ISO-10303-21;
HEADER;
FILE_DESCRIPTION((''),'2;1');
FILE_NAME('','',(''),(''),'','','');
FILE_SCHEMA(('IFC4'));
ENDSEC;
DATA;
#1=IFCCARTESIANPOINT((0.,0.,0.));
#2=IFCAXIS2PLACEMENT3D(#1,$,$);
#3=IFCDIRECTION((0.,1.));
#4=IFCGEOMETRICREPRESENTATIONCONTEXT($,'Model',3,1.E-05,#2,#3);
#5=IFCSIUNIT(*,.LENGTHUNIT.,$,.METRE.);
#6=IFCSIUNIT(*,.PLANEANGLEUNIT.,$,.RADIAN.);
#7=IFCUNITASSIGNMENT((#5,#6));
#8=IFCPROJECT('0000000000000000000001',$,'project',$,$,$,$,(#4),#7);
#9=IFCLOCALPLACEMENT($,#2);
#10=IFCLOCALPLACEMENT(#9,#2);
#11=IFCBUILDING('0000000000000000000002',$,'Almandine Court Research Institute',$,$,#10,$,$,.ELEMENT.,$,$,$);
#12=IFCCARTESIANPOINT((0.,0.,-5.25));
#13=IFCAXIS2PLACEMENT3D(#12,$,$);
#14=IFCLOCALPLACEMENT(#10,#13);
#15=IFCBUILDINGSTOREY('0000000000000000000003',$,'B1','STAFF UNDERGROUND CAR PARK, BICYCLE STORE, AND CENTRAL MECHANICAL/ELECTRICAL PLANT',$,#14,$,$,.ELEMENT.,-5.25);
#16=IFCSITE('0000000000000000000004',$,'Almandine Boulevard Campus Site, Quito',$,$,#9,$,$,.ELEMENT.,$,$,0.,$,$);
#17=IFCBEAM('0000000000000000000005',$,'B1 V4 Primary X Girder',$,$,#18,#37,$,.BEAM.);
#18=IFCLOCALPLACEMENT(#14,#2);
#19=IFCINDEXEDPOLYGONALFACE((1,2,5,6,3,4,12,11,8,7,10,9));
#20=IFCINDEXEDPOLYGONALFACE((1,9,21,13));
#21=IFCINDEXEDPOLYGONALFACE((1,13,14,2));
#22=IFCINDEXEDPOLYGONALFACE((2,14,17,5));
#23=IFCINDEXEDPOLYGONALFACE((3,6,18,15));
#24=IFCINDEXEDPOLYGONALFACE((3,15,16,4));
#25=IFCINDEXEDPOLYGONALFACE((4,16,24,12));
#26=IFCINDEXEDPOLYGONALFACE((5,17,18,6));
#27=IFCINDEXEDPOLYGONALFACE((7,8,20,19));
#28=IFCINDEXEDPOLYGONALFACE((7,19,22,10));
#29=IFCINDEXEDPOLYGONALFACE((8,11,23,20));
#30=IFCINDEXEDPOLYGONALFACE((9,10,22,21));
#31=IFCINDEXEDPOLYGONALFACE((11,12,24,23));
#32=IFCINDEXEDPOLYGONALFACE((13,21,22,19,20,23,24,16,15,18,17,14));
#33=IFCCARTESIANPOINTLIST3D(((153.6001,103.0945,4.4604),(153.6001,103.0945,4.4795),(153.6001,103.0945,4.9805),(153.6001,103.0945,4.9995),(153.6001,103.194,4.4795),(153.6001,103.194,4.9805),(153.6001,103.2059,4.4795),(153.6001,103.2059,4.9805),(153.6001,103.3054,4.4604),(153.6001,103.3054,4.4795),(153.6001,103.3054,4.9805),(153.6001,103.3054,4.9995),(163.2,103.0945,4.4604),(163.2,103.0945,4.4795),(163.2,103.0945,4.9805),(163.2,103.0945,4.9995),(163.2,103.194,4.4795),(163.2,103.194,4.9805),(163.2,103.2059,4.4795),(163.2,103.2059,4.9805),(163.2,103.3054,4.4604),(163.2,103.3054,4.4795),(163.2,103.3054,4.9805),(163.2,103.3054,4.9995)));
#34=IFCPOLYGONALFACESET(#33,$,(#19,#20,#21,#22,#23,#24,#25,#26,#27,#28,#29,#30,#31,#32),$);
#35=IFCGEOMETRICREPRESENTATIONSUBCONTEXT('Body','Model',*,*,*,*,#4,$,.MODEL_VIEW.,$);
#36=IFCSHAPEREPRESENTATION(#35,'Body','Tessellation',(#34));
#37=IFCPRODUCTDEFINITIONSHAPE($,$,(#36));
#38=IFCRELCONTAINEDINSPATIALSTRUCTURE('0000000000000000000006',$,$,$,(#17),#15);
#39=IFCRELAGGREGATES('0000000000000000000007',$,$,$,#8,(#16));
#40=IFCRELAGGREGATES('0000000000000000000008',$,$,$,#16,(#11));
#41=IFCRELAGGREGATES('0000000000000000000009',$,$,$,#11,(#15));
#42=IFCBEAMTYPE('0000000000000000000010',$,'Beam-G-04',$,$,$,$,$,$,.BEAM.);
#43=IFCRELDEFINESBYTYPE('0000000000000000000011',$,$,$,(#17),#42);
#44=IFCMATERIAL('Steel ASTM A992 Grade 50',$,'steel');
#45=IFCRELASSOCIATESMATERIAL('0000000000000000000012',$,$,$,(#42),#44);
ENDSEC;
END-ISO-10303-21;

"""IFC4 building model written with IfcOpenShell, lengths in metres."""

from ifc_helpers import new_model, si_unit, direction, frame, origin, origin_2d, place, context, subcontext, project, spatial, i_section, extrude, material, material_profile, profile_set, type_object, element, save


model = new_model("IFC4")

# Units and contexts
model_context = context("Model", 3, precision=1e-05, world=origin(), true_north=direction((0.0, 1.0)))
body_context = subcontext(model_context, "Body", "Model", "MODEL_VIEW")
ifc_project = project(units=[si_unit("LENGTHUNIT", "METRE"), si_unit("PLANEANGLEUNIT", "RADIAN")], contexts=[model_context])

# Site, building, storey
site_placement = place(None, origin())
site = spatial("IfcSite", under=ifc_project, at=site_placement, Name="Almandine Boulevard Campus Site, Quito", CompositionType="ELEMENT", RefElevation=0.0)
building_placement = place(site_placement, origin())
building = spatial("IfcBuilding", under=site, at=building_placement, Name="Almandine Court Research Institute", CompositionType="ELEMENT")
storey_placement = place(building_placement, frame((0.0, 0.0, -5.25)))
storey = spatial("IfcBuildingStorey", under=building, at=storey_placement, Name="B1", Description="STAFF UNDERGROUND CAR PARK, BICYCLE STORE, AND CENTRAL MECHANICAL/ELECTRICAL PLANT", CompositionType="ELEMENT", Elevation=-5.25)

# Beam
ifc_material_1 = material(Name="Steel ASTM A992 Grade 50", Category="steel")
ifc_material_profile_1 = material_profile(ifc_material_1, i_section(OverallWidth=0.2109, OverallDepth=0.5391, WebThickness=0.012, FlangeThickness=0.019, at=origin_2d()), Name="W530x109")
ifc_profile_set_1 = profile_set([ifc_material_profile_1], Name="Steel ASTM A992 Grade 50")
beam_type_1 = type_object("IfcBeamType", Name="Beam-G-04", PredefinedType="BEAM", material=ifc_profile_set_1)
for number, where, z_axis, x_axis, name in (
    (1, (153.6001, 103.2, 4.73), (1.0, 0.0, 0.0), (0.0, 1.0, 0.0), "B1 V4 Primary X Girder"),
):
    element("IfcBeam", number, at=place(storey_placement, frame(where, z_axis=z_axis, x_axis=x_axis)), inside=storey, type_object=beam_type_1, Name=name, PredefinedType="BEAM", context=body_context, shape_type="SweptSolid", body=[
        extrude(i_section(OverallWidth=0.2109, OverallDepth=0.5391, WebThickness=0.012, FlangeThickness=0.019, at=origin_2d()), origin(), (0.0, 0.0, 1.0), 9.5999),
    ])

save(model, "model.ifc")
